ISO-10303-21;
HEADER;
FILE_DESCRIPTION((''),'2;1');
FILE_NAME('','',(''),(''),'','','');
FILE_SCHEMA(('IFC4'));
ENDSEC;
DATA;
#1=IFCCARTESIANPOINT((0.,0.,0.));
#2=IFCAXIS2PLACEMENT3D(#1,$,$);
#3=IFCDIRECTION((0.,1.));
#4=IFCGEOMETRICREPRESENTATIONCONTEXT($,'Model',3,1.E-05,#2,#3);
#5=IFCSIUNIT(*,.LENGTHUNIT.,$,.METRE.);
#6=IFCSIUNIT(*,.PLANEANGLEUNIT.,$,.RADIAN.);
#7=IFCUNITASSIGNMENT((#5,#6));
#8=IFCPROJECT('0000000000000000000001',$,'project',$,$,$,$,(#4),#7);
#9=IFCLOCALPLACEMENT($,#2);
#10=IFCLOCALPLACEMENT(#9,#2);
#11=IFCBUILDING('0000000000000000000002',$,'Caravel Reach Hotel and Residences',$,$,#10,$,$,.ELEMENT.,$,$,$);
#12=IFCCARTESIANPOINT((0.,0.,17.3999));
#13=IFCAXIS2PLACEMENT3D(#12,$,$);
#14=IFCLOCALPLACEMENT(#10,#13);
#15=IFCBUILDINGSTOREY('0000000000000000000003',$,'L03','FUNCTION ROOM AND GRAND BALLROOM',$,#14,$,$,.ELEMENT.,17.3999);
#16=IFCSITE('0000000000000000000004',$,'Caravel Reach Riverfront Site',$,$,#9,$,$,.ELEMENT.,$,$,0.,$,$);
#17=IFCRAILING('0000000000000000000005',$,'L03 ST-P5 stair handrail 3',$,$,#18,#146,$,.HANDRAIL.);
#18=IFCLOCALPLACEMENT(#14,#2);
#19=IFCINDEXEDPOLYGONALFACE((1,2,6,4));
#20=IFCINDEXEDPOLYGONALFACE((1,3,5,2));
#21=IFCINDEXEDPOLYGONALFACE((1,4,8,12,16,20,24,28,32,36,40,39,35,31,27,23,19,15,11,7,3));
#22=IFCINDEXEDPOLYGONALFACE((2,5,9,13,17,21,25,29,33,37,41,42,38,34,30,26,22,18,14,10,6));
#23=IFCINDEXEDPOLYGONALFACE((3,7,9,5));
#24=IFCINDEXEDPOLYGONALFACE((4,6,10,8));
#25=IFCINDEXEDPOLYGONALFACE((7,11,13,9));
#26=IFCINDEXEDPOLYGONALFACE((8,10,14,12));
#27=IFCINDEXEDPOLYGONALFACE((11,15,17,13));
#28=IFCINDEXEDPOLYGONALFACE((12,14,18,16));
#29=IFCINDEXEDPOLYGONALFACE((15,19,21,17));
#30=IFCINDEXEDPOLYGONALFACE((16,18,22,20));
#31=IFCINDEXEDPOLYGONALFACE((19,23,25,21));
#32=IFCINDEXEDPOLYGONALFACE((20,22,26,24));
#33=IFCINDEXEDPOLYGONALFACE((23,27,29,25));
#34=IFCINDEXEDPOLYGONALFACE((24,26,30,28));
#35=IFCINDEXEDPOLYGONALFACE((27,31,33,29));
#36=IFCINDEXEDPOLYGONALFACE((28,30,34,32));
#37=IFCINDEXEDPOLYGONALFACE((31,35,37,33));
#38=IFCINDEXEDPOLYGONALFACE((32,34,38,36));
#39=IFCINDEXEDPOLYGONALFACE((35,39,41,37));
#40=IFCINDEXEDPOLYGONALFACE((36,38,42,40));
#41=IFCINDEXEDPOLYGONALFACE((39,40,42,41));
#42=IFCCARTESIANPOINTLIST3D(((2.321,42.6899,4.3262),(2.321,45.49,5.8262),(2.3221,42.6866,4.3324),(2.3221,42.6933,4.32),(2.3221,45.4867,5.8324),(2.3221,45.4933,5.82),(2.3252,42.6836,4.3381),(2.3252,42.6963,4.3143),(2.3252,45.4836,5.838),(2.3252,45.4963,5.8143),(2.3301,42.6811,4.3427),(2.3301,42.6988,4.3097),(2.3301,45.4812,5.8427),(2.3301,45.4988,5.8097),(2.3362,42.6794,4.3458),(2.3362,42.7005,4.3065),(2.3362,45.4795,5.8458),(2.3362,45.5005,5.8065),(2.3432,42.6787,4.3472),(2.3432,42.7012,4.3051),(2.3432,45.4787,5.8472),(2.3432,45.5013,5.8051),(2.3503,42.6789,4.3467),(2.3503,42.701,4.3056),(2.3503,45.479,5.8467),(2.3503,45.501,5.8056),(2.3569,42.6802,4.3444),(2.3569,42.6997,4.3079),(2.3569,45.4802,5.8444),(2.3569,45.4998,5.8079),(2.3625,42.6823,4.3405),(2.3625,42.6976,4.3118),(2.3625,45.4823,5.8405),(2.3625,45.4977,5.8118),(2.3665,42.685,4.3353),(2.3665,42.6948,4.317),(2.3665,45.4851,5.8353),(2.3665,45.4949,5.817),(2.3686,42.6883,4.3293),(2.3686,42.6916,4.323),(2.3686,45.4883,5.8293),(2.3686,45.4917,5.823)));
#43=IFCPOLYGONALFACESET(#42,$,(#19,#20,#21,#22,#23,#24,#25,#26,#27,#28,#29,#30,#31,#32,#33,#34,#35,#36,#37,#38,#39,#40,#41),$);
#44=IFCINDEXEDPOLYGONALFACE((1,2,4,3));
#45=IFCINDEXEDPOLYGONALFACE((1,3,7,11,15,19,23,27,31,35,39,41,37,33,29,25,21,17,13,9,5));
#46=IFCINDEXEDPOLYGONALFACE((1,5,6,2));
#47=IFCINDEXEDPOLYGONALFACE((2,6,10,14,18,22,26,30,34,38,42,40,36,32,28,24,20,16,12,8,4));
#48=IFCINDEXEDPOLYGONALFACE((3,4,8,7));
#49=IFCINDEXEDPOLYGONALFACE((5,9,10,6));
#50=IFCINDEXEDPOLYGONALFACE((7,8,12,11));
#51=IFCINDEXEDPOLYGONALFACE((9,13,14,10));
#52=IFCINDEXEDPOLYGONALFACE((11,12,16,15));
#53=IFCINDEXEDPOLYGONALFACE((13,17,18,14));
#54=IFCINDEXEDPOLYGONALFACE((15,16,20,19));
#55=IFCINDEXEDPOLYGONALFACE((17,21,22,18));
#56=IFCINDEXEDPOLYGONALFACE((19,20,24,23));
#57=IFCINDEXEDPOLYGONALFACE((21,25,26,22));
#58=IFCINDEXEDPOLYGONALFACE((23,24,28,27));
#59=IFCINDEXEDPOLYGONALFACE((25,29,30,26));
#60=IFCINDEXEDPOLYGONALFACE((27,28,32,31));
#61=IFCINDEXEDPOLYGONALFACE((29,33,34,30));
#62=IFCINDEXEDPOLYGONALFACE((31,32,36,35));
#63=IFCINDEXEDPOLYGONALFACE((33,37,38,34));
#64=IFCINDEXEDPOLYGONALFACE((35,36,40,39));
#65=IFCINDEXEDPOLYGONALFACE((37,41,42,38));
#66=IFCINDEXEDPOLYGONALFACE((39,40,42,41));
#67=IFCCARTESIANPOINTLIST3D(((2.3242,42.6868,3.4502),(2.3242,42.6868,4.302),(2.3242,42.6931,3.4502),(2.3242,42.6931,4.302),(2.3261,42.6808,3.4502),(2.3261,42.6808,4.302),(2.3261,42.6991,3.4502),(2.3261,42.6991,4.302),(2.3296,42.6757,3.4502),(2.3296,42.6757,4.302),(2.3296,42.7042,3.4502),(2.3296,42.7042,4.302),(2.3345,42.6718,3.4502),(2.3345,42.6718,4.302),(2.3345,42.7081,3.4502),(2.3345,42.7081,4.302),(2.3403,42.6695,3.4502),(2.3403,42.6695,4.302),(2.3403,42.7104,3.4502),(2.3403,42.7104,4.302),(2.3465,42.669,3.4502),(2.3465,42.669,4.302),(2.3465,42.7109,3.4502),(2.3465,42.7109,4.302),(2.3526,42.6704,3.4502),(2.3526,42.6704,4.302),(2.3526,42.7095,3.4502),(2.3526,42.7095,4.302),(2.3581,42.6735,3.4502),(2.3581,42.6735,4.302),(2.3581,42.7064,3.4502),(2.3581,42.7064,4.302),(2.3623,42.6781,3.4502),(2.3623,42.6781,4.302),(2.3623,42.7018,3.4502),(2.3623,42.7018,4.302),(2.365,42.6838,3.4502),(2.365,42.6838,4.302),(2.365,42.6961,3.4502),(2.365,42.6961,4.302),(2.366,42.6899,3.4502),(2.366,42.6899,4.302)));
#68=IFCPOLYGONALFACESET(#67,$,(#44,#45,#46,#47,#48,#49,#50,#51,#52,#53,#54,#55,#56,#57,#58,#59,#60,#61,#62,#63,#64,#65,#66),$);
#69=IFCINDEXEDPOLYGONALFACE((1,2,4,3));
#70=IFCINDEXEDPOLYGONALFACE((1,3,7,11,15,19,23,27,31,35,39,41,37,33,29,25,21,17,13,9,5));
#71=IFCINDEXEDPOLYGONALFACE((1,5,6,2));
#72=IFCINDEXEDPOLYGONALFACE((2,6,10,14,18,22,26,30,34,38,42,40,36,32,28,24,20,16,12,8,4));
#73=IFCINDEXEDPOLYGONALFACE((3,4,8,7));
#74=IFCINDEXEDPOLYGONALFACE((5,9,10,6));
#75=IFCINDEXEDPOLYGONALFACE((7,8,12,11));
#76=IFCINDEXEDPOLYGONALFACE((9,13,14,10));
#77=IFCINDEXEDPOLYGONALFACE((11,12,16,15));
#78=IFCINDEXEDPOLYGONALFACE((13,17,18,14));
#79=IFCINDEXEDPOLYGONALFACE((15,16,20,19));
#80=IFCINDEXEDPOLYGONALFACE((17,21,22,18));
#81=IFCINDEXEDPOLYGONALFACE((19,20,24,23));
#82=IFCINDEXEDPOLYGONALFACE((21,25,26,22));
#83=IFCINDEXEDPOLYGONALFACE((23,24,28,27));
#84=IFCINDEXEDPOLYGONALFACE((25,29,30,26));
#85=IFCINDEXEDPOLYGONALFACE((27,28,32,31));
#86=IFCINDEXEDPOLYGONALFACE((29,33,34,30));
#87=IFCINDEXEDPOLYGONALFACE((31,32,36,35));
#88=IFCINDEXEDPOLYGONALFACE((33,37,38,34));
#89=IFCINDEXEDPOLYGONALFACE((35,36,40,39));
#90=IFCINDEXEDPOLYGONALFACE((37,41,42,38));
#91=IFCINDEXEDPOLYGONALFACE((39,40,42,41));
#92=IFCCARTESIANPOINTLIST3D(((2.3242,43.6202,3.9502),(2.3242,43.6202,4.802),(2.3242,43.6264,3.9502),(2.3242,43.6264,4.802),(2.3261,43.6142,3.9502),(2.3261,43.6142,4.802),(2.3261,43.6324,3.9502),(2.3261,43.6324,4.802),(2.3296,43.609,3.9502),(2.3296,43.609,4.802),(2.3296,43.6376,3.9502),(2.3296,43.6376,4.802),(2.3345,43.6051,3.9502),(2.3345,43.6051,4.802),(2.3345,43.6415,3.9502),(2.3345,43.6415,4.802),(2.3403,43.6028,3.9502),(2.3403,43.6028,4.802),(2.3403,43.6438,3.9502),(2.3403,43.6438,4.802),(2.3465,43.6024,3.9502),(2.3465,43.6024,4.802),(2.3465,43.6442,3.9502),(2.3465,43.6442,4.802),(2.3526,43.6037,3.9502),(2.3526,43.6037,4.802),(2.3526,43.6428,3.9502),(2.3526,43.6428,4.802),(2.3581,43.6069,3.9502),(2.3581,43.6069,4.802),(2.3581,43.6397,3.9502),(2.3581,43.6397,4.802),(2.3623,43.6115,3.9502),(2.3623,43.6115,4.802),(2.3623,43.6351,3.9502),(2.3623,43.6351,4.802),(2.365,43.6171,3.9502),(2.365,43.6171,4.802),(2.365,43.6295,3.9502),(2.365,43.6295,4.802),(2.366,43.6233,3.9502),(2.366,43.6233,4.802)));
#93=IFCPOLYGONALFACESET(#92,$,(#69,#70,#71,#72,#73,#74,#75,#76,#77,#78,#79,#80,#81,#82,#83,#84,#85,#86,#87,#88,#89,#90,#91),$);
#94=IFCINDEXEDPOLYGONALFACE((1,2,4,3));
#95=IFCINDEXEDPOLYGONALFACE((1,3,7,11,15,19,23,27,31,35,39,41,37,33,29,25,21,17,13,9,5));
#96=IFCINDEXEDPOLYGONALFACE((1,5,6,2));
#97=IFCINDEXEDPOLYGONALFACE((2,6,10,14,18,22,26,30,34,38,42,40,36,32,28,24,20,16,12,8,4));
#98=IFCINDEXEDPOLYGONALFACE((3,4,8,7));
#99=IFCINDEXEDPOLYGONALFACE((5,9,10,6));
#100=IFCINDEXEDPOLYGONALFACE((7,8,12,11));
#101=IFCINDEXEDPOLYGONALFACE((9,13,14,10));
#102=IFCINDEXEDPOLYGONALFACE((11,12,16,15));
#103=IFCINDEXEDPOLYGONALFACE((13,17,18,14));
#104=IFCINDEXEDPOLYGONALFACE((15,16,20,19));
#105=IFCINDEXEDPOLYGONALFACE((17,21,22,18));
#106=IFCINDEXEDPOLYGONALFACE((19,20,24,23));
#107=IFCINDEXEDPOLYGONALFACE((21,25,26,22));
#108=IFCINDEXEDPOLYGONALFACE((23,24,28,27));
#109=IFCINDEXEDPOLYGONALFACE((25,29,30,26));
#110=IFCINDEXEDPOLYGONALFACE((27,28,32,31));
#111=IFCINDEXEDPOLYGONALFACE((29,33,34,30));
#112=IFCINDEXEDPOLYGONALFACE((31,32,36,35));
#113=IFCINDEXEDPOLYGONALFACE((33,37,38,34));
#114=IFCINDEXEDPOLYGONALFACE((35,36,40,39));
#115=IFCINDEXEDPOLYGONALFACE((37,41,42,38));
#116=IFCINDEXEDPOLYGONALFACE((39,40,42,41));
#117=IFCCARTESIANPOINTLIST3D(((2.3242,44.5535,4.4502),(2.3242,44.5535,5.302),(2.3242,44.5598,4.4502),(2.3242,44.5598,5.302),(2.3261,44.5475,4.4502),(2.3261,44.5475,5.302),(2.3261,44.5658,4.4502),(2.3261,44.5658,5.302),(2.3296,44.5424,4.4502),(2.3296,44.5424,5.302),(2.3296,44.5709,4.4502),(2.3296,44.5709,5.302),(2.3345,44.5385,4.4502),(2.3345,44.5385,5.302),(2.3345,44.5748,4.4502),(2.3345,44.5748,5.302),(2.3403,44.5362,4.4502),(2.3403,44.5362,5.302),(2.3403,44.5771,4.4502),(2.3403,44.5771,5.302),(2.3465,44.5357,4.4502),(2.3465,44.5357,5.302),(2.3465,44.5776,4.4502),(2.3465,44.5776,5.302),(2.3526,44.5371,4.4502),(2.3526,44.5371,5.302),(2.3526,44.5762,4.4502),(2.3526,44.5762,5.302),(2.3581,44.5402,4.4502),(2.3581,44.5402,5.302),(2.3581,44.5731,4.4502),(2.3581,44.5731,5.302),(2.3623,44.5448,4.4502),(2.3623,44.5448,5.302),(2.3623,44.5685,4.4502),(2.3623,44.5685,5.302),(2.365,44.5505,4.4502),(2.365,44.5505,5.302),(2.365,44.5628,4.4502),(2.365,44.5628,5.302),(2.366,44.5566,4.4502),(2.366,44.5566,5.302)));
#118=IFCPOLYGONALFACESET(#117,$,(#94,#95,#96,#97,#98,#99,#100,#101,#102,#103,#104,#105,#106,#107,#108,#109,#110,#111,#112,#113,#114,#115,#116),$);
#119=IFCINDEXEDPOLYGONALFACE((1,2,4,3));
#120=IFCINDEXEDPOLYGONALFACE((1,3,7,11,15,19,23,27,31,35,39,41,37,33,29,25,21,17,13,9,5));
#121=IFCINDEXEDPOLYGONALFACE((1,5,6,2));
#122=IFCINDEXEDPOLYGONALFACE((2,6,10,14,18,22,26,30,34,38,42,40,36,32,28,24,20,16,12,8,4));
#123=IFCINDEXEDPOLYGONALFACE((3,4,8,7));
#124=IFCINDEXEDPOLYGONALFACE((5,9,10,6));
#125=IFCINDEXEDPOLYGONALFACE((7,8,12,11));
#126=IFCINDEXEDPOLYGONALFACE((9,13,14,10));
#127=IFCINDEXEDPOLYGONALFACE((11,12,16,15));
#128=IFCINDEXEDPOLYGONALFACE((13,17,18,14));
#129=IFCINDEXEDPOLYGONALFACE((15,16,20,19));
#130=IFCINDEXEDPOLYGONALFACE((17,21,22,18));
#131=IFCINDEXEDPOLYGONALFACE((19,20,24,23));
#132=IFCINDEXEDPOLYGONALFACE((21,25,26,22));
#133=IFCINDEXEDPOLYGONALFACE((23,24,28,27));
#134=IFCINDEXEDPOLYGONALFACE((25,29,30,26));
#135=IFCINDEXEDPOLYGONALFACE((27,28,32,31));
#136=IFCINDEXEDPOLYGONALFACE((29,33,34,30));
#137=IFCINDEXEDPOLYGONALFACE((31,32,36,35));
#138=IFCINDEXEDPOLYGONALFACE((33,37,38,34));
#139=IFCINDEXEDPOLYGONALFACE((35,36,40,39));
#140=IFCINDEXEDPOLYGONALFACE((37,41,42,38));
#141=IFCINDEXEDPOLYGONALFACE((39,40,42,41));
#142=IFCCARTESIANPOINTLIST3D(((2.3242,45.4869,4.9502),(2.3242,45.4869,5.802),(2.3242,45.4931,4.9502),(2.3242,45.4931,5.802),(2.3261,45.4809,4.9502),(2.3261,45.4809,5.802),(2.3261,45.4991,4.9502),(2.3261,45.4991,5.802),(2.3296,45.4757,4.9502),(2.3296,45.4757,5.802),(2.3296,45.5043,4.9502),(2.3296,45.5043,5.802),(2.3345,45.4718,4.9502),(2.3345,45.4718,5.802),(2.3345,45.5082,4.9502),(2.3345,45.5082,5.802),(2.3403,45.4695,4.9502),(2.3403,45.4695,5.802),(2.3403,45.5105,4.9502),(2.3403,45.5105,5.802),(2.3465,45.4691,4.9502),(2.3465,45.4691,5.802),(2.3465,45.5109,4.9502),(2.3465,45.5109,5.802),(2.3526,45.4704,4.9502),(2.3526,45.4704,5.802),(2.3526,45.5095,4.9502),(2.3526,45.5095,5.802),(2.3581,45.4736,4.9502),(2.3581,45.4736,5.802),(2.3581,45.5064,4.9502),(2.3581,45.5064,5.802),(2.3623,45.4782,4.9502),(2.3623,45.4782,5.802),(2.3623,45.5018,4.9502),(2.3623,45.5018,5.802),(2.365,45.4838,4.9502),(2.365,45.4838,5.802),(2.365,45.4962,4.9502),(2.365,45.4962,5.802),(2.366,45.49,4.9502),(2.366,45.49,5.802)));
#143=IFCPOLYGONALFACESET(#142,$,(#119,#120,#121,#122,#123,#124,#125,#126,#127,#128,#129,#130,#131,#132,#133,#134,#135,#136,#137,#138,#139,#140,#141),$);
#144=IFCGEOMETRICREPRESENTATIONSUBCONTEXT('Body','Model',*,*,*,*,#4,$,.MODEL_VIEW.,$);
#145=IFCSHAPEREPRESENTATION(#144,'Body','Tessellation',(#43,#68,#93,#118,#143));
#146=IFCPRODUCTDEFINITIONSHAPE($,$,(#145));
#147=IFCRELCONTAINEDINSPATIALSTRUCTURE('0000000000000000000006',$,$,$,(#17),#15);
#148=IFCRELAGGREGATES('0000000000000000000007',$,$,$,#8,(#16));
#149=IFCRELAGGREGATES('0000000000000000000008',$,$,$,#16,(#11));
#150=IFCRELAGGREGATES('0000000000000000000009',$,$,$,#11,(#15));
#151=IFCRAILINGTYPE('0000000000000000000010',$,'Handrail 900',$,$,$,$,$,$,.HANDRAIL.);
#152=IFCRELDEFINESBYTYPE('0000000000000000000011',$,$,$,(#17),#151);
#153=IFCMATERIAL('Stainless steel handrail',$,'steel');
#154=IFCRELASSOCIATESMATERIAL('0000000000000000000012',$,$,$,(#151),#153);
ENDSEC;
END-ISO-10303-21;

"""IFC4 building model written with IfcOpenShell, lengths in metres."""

from ifc_helpers import new_model, si_unit, direction, frame, origin, origin_2d, place, context, subcontext, project, spatial, circle, extrude, material, type_object, element, save


model = new_model("IFC4")

# Units and contexts
model_context = context("Model", 3, precision=1e-05, world=origin(), true_north=direction((0.0, 1.0)))
body_context = subcontext(model_context, "Body", "Model", "MODEL_VIEW")
ifc_project = project(units=[si_unit("LENGTHUNIT", "METRE"), si_unit("PLANEANGLEUNIT", "RADIAN")], contexts=[model_context])

# Site, building, storey
site_placement = place(None, origin())
site = spatial("IfcSite", under=ifc_project, at=site_placement, Name="Caravel Reach Riverfront Site", CompositionType="ELEMENT", RefElevation=0.0)
building_placement = place(site_placement, origin())
building = spatial("IfcBuilding", under=site, at=building_placement, Name="Caravel Reach Hotel and Residences", CompositionType="ELEMENT")
storey_placement = place(building_placement, frame((0.0, 0.0, 17.3999)))
storey = spatial("IfcBuildingStorey", under=building, at=storey_placement, Name="L03", Description="FUNCTION ROOM AND GRAND BALLROOM", CompositionType="ELEMENT", Elevation=17.3999)

# Railing
ifc_material_1 = material(Name="Stainless steel handrail", Category="steel")
railing_type_1 = type_object("IfcRailingType", Name="Handrail 900", PredefinedType="HANDRAIL", material=ifc_material_1)
for number, where, name in (
    (1, (2.345, 42.6899, 3.4502), "L03 ST-P5 stair handrail 3"),
):
    element("IfcRailing", number, at=place(storey_placement, frame(where)), inside=storey, type_object=railing_type_1, Name=name, PredefinedType="HANDRAIL", context=body_context, shape_type="SweptSolid", body=[
        extrude(circle(Radius=0.0239, at=origin_2d()), frame((0.0, 0.0, 0.876), z_axis=(0.0, 0.881483, 0.472215), x_axis=(-1.0, 0.0, 0.0)), (0.0, 0.0, 1.0), 3.1765),
        extrude(circle(Radius=0.021, at=origin_2d()), origin(), (0.0, 0.0, 1.0), 0.8518),
        extrude(circle(Radius=0.021, at=origin_2d()), frame((0.0, 0.9333, 0.5)), (0.0, 0.0, 1.0), 0.8518),
        extrude(circle(Radius=0.021, at=origin_2d()), frame((0.0, 1.8667, 1.0)), (0.0, 0.0, 1.0), 0.8518),
        extrude(circle(Radius=0.021, at=origin_2d()), frame((0.0, 2.8, 1.5)), (0.0, 0.0, 1.0), 0.8518),
    ])

save(model, "model.ifc")
